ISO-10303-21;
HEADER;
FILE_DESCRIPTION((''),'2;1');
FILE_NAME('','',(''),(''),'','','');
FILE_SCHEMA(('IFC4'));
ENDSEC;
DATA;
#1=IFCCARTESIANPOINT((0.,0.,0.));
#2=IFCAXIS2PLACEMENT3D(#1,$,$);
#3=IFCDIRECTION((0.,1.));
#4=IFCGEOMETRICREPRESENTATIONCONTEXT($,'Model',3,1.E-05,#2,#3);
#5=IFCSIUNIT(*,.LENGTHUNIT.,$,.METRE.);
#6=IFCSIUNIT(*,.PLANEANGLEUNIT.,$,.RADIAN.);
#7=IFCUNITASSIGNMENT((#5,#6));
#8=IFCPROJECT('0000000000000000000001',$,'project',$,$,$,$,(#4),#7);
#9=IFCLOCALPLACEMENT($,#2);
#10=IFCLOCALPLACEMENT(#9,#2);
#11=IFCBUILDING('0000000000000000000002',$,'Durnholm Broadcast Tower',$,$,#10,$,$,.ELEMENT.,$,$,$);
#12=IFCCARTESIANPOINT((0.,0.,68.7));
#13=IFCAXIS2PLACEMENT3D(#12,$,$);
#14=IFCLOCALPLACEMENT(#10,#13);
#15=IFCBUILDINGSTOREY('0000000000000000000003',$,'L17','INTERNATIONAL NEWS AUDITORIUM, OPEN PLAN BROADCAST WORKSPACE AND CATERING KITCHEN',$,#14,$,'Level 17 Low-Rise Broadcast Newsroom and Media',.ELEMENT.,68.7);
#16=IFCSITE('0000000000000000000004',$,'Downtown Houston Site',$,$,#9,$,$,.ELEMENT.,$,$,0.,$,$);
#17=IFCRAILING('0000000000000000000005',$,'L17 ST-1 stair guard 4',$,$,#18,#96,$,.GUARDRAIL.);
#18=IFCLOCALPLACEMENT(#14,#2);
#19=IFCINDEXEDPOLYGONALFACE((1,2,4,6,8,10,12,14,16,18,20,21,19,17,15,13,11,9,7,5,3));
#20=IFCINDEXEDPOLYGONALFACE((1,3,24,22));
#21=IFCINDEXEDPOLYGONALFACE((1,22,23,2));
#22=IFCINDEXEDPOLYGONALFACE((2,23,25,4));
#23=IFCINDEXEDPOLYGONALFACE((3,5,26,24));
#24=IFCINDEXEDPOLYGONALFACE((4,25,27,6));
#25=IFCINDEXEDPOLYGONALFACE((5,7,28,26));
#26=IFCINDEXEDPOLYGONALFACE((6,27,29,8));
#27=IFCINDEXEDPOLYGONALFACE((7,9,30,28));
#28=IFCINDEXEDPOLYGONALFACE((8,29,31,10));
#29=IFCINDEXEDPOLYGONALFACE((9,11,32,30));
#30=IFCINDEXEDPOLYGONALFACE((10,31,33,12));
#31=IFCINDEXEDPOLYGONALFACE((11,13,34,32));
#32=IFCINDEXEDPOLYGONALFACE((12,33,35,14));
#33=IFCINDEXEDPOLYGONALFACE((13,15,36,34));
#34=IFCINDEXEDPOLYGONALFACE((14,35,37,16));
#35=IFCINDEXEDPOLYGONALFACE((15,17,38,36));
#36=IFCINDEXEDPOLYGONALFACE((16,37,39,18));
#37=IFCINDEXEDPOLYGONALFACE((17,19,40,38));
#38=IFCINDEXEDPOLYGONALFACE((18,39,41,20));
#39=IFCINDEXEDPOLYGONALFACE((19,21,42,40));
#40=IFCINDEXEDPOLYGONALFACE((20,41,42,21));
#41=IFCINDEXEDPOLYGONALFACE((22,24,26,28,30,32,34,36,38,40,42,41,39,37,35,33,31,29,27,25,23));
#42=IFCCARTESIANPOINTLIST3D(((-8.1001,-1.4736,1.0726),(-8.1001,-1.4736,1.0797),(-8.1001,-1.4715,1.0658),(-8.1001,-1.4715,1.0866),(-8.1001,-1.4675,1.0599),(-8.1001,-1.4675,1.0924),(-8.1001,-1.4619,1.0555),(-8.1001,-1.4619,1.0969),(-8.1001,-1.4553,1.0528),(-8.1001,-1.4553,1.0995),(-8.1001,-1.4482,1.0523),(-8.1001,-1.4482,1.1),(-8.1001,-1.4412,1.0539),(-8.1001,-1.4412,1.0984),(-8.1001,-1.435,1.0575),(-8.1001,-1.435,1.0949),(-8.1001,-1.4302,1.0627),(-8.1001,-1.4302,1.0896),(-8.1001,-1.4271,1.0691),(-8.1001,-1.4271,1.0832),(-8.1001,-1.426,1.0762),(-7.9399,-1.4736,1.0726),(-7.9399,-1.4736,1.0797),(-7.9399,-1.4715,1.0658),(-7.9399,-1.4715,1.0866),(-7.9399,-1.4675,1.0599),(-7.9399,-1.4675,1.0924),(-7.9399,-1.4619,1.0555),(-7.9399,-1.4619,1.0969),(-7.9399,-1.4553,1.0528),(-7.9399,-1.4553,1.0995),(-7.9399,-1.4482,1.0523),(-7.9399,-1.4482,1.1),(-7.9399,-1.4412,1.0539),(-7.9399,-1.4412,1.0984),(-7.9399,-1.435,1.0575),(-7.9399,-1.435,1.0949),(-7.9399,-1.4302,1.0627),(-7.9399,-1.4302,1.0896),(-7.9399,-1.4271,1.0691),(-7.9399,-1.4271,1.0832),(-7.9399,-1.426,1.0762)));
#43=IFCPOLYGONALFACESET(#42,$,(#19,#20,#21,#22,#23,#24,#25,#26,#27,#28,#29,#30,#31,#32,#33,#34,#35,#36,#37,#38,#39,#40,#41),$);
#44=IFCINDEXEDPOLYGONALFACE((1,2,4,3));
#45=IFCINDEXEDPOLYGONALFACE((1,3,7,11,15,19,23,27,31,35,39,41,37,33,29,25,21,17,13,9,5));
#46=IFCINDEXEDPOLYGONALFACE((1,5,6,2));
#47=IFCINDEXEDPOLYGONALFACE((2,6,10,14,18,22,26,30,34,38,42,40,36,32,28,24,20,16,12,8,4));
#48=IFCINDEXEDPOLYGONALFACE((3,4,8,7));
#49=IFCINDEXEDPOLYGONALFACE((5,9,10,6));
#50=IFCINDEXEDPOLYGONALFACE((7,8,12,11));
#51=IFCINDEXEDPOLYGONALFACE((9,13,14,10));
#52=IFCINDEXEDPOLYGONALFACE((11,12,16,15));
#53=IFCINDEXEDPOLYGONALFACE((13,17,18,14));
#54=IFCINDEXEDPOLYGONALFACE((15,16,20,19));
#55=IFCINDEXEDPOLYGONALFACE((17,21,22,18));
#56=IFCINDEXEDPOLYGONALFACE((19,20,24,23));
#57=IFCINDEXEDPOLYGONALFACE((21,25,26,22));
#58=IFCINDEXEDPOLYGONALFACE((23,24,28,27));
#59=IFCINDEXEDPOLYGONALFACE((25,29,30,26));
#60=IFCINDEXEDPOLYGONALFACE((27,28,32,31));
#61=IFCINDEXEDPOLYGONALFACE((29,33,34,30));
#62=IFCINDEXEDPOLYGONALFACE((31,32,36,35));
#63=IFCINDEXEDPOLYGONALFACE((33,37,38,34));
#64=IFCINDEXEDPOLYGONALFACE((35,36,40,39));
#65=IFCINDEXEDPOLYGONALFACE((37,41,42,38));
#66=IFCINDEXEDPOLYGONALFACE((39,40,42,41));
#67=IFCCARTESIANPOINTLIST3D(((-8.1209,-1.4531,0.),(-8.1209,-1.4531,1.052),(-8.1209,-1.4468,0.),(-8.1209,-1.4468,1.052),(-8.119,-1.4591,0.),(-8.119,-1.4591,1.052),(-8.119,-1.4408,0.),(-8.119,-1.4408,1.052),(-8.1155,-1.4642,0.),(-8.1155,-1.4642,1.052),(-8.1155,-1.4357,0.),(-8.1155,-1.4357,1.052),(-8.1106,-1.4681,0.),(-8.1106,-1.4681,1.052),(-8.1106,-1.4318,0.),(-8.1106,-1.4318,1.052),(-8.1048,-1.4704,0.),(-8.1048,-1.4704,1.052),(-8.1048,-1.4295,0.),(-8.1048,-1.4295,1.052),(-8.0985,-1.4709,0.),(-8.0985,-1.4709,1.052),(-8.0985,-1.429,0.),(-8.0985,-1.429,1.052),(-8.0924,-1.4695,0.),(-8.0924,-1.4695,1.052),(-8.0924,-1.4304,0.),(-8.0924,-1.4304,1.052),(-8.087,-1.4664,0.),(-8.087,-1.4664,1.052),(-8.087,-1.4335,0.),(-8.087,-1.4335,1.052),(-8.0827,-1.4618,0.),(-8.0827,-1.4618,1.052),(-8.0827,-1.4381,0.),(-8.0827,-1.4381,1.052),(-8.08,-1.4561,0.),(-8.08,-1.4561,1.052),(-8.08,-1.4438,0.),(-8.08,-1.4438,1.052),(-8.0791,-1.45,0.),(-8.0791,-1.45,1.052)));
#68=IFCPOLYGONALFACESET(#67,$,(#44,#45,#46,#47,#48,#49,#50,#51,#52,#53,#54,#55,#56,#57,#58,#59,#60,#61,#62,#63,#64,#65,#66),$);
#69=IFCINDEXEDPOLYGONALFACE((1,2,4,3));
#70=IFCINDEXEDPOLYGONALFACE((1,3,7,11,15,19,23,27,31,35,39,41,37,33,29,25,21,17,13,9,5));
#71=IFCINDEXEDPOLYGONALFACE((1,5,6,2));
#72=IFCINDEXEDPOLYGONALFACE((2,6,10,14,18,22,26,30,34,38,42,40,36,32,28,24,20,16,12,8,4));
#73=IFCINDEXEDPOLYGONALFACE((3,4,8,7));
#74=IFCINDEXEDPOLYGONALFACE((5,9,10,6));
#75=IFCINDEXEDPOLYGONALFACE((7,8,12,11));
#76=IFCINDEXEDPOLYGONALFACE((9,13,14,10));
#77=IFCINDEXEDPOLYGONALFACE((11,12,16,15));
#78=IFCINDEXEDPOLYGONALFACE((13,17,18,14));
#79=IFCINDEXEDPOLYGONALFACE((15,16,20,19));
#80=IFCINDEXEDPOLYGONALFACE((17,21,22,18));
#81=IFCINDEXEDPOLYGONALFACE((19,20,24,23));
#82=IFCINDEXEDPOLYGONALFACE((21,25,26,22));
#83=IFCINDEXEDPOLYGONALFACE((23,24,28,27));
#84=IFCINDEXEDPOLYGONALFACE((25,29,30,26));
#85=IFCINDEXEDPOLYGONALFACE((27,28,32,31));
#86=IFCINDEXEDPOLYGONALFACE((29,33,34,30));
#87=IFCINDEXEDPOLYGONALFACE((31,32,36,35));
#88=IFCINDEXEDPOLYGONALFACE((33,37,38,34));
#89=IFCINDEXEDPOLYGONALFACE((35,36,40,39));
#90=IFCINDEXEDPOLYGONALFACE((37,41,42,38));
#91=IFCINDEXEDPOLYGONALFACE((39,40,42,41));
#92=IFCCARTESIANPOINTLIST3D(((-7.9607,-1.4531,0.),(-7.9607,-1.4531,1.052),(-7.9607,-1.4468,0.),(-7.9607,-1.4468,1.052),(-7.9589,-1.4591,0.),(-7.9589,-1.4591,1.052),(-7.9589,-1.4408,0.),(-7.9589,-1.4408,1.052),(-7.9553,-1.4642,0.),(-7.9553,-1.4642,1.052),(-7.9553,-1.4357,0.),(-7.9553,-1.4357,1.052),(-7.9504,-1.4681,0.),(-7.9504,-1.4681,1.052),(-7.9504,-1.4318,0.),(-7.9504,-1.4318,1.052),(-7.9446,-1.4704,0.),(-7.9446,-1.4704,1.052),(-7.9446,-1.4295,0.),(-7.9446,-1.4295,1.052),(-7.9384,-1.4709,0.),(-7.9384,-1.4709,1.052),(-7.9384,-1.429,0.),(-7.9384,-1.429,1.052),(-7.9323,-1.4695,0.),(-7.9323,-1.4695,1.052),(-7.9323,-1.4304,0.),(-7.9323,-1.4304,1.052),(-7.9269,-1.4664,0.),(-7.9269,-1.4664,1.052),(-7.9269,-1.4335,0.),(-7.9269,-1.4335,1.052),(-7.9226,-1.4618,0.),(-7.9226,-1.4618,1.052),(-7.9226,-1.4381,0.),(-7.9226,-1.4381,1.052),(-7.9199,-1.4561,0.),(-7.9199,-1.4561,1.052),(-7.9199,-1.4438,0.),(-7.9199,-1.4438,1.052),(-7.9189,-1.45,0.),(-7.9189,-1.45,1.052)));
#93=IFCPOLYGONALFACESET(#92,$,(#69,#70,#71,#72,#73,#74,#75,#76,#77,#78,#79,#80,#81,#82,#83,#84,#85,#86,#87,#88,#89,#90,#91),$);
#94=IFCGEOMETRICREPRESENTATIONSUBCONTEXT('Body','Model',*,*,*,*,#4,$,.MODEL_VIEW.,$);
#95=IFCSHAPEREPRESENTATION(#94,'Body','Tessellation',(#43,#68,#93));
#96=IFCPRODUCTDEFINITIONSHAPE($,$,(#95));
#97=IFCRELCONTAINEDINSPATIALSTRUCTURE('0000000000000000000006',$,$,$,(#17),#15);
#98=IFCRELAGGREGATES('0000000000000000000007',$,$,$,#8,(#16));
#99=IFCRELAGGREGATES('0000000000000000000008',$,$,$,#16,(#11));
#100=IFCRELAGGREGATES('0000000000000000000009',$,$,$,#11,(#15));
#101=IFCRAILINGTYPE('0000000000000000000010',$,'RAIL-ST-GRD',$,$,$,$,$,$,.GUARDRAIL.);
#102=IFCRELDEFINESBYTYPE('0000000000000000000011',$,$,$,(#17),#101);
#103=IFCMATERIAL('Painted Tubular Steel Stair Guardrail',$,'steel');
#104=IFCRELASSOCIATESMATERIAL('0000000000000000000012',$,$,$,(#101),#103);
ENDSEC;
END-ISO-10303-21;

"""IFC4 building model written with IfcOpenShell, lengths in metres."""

from ifc_helpers import new_model, si_unit, direction, frame, origin, origin_2d, place, context, subcontext, project, spatial, circle, extrude, material, type_object, element, save


model = new_model("IFC4")

# Units and contexts
model_context = context("Model", 3, precision=1e-05, world=origin(), true_north=direction((0.0, 1.0)))
body_context = subcontext(model_context, "Body", "Model", "MODEL_VIEW")
ifc_project = project(units=[si_unit("LENGTHUNIT", "METRE"), si_unit("PLANEANGLEUNIT", "RADIAN")], contexts=[model_context])

# Site, building, storey
site_placement = place(None, origin())
site = spatial("IfcSite", under=ifc_project, at=site_placement, Name="Downtown Houston Site", CompositionType="ELEMENT", RefElevation=0.0)
building_placement = place(site_placement, origin())
building = spatial("IfcBuilding", under=site, at=building_placement, Name="Durnholm Broadcast Tower", CompositionType="ELEMENT")
storey_placement = place(building_placement, frame((0.0, 0.0, 68.7)))
storey = spatial("IfcBuildingStorey", under=building, at=storey_placement, Name="L17", Description="INTERNATIONAL NEWS AUDITORIUM, OPEN PLAN BROADCAST WORKSPACE AND CATERING KITCHEN", LongName="Level 17 Low-Rise Broadcast Newsroom and Media", CompositionType="ELEMENT", Elevation=68.7)

# Railing
ifc_material_1 = material(Name="Painted Tubular Steel Stair Guardrail", Category="steel")
railing_type_1 = type_object("IfcRailingType", Name="RAIL-ST-GRD", PredefinedType="GUARDRAIL", material=ifc_material_1)
railing_1_placement = place(storey_placement, frame((-8.1001, -1.45, 0.0)))
element("IfcRailing", 1, at=railing_1_placement, inside=storey, type_object=railing_type_1, Name="L17 ST-1 stair guard 4", PredefinedType="GUARDRAIL", context=body_context, shape_type="SweptSolid", body=[
    extrude(circle(Radius=0.0239, at=origin_2d()), frame((0.0, 0.0, 1.0762), z_axis=(1.0, 0.0, 0.0), x_axis=(0.0, 1.0, 0.0)), (0.0, 0.0, 1.0), 0.1602),
    extrude(circle(Radius=0.021, at=origin_2d()), origin(), (0.0, 0.0, 1.0), 1.052),
    extrude(circle(Radius=0.021, at=origin_2d()), frame((0.1602, 0.0, 0.0)), (0.0, 0.0, 1.0), 1.052),
])

save(model, "model.ifc")
